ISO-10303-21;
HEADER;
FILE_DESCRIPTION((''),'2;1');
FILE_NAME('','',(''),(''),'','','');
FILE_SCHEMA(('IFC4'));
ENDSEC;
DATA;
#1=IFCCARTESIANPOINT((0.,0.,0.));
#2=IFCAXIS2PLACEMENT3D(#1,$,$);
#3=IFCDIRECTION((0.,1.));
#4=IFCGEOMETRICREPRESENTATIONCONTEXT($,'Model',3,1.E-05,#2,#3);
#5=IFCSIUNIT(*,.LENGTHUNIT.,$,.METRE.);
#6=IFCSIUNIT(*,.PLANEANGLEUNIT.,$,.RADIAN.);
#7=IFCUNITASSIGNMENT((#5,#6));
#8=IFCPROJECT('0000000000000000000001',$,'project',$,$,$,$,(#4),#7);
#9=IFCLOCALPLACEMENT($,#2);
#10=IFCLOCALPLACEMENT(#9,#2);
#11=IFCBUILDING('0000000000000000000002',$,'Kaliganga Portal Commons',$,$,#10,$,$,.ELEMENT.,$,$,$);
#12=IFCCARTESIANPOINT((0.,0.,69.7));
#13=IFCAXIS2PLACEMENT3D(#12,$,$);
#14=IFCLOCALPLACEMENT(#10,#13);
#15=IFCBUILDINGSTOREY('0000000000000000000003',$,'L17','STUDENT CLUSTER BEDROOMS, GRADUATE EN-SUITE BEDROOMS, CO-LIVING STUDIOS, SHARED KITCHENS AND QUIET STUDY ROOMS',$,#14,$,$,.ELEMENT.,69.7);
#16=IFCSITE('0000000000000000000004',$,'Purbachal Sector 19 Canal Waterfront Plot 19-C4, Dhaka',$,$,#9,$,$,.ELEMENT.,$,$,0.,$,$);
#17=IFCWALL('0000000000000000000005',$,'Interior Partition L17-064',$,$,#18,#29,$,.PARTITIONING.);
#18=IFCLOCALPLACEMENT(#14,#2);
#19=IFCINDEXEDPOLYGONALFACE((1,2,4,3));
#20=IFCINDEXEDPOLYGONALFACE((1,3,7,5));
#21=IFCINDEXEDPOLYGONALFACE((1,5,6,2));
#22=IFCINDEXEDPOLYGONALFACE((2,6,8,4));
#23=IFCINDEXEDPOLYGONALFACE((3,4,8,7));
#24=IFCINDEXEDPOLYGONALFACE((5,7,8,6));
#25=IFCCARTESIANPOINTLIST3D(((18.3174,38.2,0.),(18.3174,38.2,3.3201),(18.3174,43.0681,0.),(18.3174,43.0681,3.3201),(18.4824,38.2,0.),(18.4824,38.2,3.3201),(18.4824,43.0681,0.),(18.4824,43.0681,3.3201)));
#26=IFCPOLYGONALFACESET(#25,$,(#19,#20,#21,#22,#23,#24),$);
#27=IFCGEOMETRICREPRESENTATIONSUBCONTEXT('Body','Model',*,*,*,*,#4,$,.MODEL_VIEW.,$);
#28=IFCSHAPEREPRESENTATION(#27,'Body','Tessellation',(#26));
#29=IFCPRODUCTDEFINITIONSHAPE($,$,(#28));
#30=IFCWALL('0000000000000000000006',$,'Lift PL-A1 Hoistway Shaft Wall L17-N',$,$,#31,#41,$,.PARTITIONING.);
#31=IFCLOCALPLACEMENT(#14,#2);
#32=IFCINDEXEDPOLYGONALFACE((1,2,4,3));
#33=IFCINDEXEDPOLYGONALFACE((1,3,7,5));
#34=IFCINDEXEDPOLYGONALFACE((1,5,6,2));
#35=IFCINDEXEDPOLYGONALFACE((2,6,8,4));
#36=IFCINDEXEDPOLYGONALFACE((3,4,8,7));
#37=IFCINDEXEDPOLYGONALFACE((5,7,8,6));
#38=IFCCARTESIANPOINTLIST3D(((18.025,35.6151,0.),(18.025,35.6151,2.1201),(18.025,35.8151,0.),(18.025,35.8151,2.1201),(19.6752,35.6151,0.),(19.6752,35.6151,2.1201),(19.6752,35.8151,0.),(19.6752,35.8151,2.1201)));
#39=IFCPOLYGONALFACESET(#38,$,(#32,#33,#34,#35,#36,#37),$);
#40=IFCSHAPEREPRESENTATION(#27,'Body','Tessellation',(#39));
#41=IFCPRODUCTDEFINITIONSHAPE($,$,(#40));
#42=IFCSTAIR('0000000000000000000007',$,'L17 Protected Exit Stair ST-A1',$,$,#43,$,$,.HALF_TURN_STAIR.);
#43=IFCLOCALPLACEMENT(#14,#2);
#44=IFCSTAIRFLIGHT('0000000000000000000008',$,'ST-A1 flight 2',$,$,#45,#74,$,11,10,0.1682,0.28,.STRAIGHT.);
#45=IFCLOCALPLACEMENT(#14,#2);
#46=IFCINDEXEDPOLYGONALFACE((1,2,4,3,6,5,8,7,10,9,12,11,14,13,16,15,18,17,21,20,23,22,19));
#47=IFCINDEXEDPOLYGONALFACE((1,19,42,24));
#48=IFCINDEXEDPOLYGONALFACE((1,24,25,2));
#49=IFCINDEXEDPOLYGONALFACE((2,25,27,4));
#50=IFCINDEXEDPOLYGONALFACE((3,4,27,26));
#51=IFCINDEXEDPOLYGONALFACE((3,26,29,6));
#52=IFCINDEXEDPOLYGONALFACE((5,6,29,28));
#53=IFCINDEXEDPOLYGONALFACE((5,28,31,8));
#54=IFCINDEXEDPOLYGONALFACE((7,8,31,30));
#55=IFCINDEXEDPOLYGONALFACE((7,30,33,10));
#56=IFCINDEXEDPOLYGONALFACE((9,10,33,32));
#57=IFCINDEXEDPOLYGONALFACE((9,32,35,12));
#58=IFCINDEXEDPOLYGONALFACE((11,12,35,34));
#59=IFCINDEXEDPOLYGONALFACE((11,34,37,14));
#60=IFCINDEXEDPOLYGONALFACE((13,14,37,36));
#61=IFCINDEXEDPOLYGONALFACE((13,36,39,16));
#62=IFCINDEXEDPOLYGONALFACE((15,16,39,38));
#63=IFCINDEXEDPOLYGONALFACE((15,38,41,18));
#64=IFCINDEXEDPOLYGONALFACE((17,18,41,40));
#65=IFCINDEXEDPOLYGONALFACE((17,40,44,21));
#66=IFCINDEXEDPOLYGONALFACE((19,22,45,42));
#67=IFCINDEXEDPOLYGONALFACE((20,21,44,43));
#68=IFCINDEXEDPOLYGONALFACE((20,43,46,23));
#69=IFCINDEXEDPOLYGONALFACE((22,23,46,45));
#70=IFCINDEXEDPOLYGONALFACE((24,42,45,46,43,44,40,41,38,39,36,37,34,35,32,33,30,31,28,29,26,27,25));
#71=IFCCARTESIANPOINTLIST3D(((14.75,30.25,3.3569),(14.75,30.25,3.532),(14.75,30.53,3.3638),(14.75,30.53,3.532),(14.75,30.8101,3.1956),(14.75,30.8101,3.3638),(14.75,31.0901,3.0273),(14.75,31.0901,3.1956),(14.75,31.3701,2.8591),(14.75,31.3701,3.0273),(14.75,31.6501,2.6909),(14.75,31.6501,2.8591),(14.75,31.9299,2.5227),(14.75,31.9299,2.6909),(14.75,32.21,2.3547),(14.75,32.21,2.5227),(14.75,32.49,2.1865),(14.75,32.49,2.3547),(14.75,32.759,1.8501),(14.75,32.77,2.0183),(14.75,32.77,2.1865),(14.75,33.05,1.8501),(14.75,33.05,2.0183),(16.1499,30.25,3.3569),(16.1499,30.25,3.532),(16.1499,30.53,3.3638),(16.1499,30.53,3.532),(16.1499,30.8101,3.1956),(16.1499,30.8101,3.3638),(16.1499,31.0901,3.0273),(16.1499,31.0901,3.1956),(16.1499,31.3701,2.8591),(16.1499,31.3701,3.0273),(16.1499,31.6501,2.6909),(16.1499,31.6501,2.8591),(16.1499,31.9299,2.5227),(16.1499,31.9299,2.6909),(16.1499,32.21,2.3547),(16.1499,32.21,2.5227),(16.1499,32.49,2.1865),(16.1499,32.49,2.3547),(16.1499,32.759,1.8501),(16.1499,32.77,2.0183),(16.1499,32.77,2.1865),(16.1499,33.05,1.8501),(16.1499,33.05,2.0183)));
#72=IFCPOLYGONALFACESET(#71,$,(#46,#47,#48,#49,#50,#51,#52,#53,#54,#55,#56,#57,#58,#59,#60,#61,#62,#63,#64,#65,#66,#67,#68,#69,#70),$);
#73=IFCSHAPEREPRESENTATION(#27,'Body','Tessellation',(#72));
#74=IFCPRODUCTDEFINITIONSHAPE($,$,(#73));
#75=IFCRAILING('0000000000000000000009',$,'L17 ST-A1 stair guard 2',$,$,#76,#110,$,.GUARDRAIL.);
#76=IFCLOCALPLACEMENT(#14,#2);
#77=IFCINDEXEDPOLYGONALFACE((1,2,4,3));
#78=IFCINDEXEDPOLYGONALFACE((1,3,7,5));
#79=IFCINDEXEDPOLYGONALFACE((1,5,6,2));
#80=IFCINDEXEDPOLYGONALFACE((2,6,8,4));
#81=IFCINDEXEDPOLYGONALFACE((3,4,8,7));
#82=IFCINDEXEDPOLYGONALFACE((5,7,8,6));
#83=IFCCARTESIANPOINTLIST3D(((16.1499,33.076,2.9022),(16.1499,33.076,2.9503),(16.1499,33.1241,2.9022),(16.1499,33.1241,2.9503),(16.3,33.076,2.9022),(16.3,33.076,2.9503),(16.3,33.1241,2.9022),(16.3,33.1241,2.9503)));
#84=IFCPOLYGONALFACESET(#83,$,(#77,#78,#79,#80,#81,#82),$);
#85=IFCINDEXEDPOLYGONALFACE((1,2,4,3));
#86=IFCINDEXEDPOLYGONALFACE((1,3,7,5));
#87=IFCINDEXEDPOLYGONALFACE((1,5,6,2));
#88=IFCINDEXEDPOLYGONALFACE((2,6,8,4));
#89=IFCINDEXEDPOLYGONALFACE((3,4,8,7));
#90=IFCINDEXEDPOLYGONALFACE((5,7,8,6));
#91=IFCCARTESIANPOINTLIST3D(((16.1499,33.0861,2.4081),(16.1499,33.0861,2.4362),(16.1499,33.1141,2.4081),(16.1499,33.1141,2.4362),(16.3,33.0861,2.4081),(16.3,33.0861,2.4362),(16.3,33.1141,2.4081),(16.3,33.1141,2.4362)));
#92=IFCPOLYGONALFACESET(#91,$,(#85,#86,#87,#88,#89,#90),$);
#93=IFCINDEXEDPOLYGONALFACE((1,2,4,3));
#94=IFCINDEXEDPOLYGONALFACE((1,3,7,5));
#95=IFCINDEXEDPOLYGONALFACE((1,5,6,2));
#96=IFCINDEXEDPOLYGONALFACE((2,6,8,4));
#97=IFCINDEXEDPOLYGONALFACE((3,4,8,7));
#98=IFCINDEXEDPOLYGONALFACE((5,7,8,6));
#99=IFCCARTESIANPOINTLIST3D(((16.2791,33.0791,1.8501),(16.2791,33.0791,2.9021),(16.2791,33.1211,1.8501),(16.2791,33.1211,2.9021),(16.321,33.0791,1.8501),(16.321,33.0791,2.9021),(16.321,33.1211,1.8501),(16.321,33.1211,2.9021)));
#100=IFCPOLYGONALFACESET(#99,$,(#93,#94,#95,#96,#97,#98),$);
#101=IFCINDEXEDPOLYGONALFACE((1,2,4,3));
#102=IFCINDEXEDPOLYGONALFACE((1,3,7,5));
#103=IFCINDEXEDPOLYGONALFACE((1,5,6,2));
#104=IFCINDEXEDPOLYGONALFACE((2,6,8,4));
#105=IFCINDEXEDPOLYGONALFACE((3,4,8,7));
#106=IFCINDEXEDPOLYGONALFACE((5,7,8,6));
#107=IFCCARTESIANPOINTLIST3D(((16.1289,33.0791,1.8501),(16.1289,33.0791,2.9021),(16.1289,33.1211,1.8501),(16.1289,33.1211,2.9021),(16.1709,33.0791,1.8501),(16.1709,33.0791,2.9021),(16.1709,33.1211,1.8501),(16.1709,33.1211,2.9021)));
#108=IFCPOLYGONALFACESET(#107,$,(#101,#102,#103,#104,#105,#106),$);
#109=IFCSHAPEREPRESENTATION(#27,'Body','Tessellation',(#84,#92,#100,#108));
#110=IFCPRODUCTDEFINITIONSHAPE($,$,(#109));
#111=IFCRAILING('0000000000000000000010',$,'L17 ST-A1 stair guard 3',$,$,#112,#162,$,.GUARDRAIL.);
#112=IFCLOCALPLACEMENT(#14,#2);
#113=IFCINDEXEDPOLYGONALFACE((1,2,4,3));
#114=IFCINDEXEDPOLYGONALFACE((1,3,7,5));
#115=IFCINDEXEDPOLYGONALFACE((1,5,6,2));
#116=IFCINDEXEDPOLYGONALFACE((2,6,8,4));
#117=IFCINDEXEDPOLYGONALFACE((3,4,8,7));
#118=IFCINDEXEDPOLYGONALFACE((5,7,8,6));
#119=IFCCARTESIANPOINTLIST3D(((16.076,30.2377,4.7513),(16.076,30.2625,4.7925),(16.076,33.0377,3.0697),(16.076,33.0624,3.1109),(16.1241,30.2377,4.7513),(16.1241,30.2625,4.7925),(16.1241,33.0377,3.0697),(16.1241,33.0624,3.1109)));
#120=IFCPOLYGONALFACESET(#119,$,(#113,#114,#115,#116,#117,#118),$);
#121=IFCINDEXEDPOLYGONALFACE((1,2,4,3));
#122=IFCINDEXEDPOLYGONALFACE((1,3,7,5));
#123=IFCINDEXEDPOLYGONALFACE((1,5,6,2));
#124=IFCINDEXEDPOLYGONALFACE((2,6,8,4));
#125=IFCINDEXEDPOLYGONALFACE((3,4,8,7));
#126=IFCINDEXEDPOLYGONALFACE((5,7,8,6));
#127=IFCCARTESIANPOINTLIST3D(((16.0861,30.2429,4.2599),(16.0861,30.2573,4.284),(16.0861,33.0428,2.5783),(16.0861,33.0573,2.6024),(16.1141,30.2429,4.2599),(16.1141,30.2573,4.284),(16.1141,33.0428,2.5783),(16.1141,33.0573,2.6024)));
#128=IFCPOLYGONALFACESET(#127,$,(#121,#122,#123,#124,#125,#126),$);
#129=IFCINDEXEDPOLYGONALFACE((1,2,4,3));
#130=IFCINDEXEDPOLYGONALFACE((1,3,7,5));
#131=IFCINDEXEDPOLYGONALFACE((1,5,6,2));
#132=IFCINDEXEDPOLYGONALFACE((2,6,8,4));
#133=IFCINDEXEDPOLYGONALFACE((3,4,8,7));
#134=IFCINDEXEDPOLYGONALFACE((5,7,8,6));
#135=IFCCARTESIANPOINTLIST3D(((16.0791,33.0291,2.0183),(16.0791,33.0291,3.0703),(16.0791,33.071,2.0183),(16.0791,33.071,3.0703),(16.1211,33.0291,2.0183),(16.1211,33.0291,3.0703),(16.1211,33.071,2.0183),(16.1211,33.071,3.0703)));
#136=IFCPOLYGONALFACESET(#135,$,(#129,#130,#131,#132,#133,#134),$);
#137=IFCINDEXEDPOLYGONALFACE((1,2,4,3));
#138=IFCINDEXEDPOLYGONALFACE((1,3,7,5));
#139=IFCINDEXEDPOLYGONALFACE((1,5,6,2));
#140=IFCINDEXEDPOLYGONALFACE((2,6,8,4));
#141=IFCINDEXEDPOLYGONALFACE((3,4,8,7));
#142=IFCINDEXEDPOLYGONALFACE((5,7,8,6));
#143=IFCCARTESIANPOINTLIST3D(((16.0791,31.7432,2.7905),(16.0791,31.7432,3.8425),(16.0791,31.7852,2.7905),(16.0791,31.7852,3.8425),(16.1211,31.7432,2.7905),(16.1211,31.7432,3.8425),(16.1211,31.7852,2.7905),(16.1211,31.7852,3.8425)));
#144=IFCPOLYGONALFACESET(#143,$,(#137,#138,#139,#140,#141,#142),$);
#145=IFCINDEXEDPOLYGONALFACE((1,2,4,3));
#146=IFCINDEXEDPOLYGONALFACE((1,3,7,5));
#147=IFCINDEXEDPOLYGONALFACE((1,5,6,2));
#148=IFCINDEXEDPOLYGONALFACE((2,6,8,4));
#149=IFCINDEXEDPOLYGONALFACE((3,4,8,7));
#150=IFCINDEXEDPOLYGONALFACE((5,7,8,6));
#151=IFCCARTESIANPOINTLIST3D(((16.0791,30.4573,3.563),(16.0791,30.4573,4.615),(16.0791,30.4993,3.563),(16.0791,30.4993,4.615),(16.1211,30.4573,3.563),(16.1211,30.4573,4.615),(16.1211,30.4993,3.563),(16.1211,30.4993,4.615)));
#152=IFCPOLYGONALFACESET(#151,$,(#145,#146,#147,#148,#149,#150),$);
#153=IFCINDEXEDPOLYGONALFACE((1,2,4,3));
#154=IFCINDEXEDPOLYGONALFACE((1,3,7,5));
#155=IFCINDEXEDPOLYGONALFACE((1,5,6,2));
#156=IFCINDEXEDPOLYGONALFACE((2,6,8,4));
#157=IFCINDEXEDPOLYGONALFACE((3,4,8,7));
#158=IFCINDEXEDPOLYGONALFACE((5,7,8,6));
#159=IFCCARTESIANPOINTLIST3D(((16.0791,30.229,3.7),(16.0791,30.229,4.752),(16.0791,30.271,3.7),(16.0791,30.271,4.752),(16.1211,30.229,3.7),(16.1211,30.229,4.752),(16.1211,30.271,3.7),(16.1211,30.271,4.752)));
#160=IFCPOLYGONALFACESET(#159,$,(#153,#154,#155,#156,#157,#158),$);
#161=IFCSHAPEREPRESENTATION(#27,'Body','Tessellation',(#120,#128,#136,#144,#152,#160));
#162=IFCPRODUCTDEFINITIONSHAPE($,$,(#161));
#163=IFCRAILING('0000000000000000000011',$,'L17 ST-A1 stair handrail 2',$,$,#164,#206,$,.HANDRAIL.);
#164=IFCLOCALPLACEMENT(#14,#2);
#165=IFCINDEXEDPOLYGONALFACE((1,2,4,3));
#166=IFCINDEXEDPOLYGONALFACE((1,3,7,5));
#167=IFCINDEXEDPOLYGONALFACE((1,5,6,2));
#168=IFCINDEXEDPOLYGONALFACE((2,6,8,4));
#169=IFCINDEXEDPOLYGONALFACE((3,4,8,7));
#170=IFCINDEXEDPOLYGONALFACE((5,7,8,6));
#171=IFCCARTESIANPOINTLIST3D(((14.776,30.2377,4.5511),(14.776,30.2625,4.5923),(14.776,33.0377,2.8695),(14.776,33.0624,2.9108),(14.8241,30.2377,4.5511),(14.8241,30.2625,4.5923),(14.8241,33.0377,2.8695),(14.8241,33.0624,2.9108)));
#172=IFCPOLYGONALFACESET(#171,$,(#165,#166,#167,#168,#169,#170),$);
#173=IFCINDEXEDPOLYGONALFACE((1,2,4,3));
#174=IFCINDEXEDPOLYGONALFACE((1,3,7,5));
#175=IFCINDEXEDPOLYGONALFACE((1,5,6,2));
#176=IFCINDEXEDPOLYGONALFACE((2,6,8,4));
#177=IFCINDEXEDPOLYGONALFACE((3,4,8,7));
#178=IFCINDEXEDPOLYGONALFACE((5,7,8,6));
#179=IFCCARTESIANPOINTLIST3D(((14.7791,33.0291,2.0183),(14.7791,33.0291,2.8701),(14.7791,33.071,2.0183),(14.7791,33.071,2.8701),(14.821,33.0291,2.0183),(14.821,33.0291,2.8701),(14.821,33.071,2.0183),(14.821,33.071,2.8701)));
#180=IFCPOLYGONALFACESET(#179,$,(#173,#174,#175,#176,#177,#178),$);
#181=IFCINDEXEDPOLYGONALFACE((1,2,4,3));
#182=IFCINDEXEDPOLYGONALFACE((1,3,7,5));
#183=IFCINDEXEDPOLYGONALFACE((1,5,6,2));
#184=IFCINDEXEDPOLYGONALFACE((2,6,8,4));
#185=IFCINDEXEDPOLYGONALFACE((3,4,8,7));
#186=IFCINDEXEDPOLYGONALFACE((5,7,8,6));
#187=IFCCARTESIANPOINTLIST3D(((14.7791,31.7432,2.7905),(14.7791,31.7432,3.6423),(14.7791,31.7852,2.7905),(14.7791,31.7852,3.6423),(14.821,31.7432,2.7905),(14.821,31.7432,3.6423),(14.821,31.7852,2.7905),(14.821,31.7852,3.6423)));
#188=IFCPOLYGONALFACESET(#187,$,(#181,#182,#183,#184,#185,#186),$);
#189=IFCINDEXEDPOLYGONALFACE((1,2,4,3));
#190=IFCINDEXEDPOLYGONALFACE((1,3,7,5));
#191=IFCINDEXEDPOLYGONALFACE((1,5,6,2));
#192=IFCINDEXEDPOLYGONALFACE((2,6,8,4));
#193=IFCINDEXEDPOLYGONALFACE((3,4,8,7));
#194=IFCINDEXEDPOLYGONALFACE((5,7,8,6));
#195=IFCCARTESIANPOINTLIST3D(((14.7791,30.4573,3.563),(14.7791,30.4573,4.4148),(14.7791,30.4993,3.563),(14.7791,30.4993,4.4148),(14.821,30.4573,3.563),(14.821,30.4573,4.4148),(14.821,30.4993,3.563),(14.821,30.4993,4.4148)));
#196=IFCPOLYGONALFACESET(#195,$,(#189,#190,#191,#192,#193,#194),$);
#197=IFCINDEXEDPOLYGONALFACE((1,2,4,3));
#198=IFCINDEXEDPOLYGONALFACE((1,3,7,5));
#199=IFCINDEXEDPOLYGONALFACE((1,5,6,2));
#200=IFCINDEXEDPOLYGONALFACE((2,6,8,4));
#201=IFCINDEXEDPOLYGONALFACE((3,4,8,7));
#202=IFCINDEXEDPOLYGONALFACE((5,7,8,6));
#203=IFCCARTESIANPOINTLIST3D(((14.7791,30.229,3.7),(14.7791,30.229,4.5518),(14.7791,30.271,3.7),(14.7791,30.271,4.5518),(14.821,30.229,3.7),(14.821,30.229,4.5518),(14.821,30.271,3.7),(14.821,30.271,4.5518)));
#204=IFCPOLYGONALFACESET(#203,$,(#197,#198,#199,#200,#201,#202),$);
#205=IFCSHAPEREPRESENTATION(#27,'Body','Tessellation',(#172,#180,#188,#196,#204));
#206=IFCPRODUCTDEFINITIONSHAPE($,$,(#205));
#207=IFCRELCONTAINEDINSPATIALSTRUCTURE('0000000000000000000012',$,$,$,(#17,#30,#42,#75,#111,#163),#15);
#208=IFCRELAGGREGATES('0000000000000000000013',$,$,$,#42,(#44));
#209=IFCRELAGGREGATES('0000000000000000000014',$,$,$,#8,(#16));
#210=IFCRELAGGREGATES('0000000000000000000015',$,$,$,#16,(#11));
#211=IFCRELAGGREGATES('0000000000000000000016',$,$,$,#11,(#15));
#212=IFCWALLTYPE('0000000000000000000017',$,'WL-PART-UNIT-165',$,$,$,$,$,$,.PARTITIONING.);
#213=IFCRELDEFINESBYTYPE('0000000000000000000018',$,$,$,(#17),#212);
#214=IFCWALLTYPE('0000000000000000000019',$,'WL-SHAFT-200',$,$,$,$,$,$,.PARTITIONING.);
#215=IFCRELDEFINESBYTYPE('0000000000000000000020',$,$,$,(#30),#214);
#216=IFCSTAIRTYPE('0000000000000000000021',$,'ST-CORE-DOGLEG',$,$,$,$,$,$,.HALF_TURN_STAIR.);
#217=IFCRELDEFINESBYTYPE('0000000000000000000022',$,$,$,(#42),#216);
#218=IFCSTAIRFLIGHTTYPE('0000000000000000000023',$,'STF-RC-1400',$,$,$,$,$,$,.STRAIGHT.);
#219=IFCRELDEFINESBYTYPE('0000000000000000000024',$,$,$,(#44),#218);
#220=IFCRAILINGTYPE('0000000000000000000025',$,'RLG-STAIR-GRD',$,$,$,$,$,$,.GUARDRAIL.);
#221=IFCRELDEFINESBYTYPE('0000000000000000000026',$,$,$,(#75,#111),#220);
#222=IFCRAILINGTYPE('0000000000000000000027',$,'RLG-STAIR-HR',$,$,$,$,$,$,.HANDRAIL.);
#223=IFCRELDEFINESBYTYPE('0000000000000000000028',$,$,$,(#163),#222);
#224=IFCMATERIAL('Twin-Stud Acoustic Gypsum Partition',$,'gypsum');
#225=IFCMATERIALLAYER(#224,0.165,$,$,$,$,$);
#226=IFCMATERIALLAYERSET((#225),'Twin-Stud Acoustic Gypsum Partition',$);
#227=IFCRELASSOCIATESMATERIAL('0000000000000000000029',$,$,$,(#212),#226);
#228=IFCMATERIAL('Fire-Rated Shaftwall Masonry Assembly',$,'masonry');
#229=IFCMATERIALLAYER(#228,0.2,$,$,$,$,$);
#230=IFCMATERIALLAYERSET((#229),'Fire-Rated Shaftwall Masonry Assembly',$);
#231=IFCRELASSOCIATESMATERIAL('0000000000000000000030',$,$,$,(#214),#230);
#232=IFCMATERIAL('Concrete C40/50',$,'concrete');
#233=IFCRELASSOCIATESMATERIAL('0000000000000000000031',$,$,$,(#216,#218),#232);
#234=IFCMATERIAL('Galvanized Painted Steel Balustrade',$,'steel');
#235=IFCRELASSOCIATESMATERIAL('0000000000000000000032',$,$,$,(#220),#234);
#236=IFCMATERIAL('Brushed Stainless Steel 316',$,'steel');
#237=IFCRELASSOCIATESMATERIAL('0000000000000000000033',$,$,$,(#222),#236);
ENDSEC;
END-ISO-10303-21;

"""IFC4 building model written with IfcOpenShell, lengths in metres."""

from ifc_helpers import new_model, si_unit, direction, frame, frame_2d, origin, origin_2d, place, context, subcontext, project, spatial, polyline, rectangle, outline, extrude, material, layer, layer_set, type_object, element, aggregate, save


model = new_model("IFC4")

# Units and contexts
model_context = context("Model", 3, precision=1e-05, world=origin(), true_north=direction((0.0, 1.0)))
body_context = subcontext(model_context, "Body", "Model", "MODEL_VIEW")
ifc_project = project(units=[si_unit("LENGTHUNIT", "METRE"), si_unit("PLANEANGLEUNIT", "RADIAN")], contexts=[model_context])

# Site, building, storey
site_placement = place(None, origin())
site = spatial("IfcSite", under=ifc_project, at=site_placement, Name="Purbachal Sector 19 Canal Waterfront Plot 19-C4, Dhaka", CompositionType="ELEMENT", RefElevation=0.0)
building_placement = place(site_placement, origin())
building = spatial("IfcBuilding", under=site, at=building_placement, Name="Kaliganga Portal Commons", CompositionType="ELEMENT")
storey_placement = place(building_placement, frame((0.0, 0.0, 69.7)))
storey = spatial("IfcBuildingStorey", under=building, at=storey_placement, Name="L17", Description="STUDENT CLUSTER BEDROOMS, GRADUATE EN-SUITE BEDROOMS, CO-LIVING STUDIOS, SHARED KITCHENS AND QUIET STUDY ROOMS", CompositionType="ELEMENT", Elevation=69.7)

# Wall
ifc_material_1 = material(Name="Twin-Stud Acoustic Gypsum Partition", Category="gypsum")
ifc_layer_1 = layer(ifc_material_1, 0.165)
ifc_layer_set_1 = layer_set([ifc_layer_1], Name="Twin-Stud Acoustic Gypsum Partition")
wall_type_1 = type_object("IfcWallType", Name="WL-PART-UNIT-165", PredefinedType="PARTITIONING", material=ifc_layer_set_1)
wall_1_placement = place(storey_placement, frame((18.3999, 38.2, 0.0), z_axis=(0.0, 0.0, 1.0), x_axis=(0.0, 1.0, 0.0)))
element("IfcWall", 1, at=wall_1_placement, inside=storey, type_object=wall_type_1, Name="Interior Partition L17-064", PredefinedType="PARTITIONING", context=body_context, shape_type="SweptSolid", body=[
    extrude(rectangle(XDim=4.8682, YDim=0.165, at=frame_2d((2.4341, 0.0))), origin(), (0.0, 0.0, 1.0), 3.3201),
])

# Shared definitions
ifc_material_2 = material(Name="Fire-Rated Shaftwall Masonry Assembly", Category="masonry")
ifc_layer_2 = layer(ifc_material_2, 0.2)
ifc_layer_set_2 = layer_set([ifc_layer_2], Name="Fire-Rated Shaftwall Masonry Assembly")
wall_type_2 = type_object("IfcWallType", Name="WL-SHAFT-200", PredefinedType="PARTITIONING", material=ifc_layer_set_2)

# Wall
wall_2_placement = place(storey_placement, frame((18.0249, 35.7151, 0.0), z_axis=(0.0, 0.0, 1.0), x_axis=(1.0, 0.0, 0.0)))
element("IfcWall", 2, at=wall_2_placement, inside=storey, type_object=wall_type_2, Name="Lift PL-A1 Hoistway Shaft Wall L17-N", PredefinedType="PARTITIONING", context=body_context, shape_type="SweptSolid", body=[
    extrude(rectangle(XDim=1.6501, YDim=0.2, at=frame_2d((0.8252, 0.0))), origin(), (0.0, 0.0, 1.0), 2.1201),
])

# Stair, stair flight
ifc_material_3 = material(Name="Concrete C40/50", Category="concrete")
stair_type = type_object("IfcStairType", Name="ST-CORE-DOGLEG", PredefinedType="HALF_TURN_STAIR", material=ifc_material_3)
stair_placement = place(storey_placement, origin())
stair = element("IfcStair", 3, at=stair_placement, inside=storey, type_object=stair_type, Name="L17 Protected Exit Stair ST-A1", PredefinedType="HALF_TURN_STAIR")
stair_flight_type = type_object("IfcStairFlightType", Name="STF-RC-1400", PredefinedType="STRAIGHT", material=ifc_material_3)
stair_flight_placement = place(storey_placement, frame((15.45, 33.05, 1.8501), z_axis=(0.0, 0.0, 1.0), x_axis=(0.0, -1.0, 0.0)))
stair_flight = element("IfcStairFlight", 4, at=stair_flight_placement, type_object=stair_flight_type, Name="ST-A1 flight 2", NumberOfRisers=11, NumberOfTreads=10, PredefinedType="STRAIGHT", RiserHeight=0.1682, TreadLength=0.28, context=body_context, shape_type="SweptSolid", body=[
    extrude(outline(polyline([(0.0, 0.0), (0.0, 0.1682), (0.28, 0.1682), (0.28, 0.3364), (0.5601, 0.3364), (0.5601, 0.5046), (0.8401, 0.5046), (0.8401, 0.6726), (1.1201, 0.6726), (1.1201, 0.8408), (1.3999, 0.8408), (1.3999, 1.009), (1.6799, 1.009), (1.6799, 1.1772), (1.96, 1.1772), (1.96, 1.3455), (2.24, 1.3455), (2.24, 1.5137), (2.52, 1.5137), (2.52, 1.6819), (2.8, 1.6819), (2.8, 1.8501), (2.8, 1.5068), (0.291, 0.0), (0.0, 0.0)])), frame((0.0, 0.7, 0.0), z_axis=(0.0, -1.0, 0.0), x_axis=(1.0, 0.0, 0.0)), (0.0, 0.0, 1.0), 1.3999),
])
aggregate(stair, [stair_flight])

# Railings
ifc_material_4 = material(Name="Galvanized Painted Steel Balustrade", Category="steel")
railing_type_1 = type_object("IfcRailingType", Name="RLG-STAIR-GRD", PredefinedType="GUARDRAIL", material=ifc_material_4)
railing_1_placement = place(storey_placement, frame((16.3, 33.1001, 1.8501)))
element("IfcRailing", 5, at=railing_1_placement, inside=storey, type_object=railing_type_1, Name="L17 ST-A1 stair guard 2", PredefinedType="GUARDRAIL", context=body_context, shape_type="SweptSolid", body=[
    extrude(rectangle(XDim=0.0481, YDim=0.0481, at=origin_2d()), frame((0.0, 0.0, 1.0762), z_axis=(-1.0, 0.0, 0.0), x_axis=(0.0, -1.0, 0.0)), (0.0, 0.0, 1.0), 0.1501),
    extrude(rectangle(XDim=0.0281, YDim=0.0281, at=origin_2d()), frame((0.0, 0.0, 0.572), z_axis=(-1.0, 0.0, 0.0), x_axis=(0.0, -1.0, 0.0)), (0.0, 0.0, 1.0), 0.1501),
    extrude(rectangle(XDim=0.042, YDim=0.042, at=origin_2d()), origin(), (0.0, 0.0, 1.0), 1.052),
    extrude(rectangle(XDim=0.042, YDim=0.042, at=origin_2d()), frame((-0.1501, 0.0, 0.0)), (0.0, 0.0, 1.0), 1.052),
])
railing_2_placement = place(storey_placement, frame((16.1001, 33.05, 2.0183)))
element("IfcRailing", 6, at=railing_2_placement, inside=storey, type_object=railing_type_1, Name="L17 ST-A1 stair guard 3", PredefinedType="GUARDRAIL", context=body_context, shape_type="SweptSolid", body=[
    extrude(rectangle(XDim=0.0481, YDim=0.0481, at=origin_2d()), frame((0.0, 0.0, 1.072), z_axis=(0.0, -0.857275, 0.514858), x_axis=(1.0, 0.0, 0.0)), (0.0, 0.0, 1.0), 3.2661),
    extrude(rectangle(XDim=0.0281, YDim=0.0281, at=origin_2d()), frame((0.0, 0.0, 0.572), z_axis=(0.0, -0.857275, 0.514858), x_axis=(1.0, 0.0, 0.0)), (0.0, 0.0, 1.0), 3.2661),
    extrude(rectangle(XDim=0.042, YDim=0.042, at=origin_2d()), origin(), (0.0, 0.0, 1.0), 1.052),
    extrude(rectangle(XDim=0.042, YDim=0.042, at=origin_2d()), frame((0.0, -1.2859, 0.7722)), (0.0, 0.0, 1.0), 1.052),
    extrude(rectangle(XDim=0.042, YDim=0.042, at=origin_2d()), frame((0.0, -2.5718, 1.5447)), (0.0, 0.0, 1.0), 1.052),
    extrude(rectangle(XDim=0.042, YDim=0.042, at=origin_2d()), frame((0.0, -2.8, 1.6816)), (0.0, 0.0, 1.0), 1.052),
])
ifc_material_5 = material(Name="Brushed Stainless Steel 316", Category="steel")
railing_type_2 = type_object("IfcRailingType", Name="RLG-STAIR-HR", PredefinedType="HANDRAIL", material=ifc_material_5)
railing_3_placement = place(storey_placement, frame((14.8, 33.05, 2.0183)))
element("IfcRailing", 7, at=railing_3_placement, inside=storey, type_object=railing_type_2, Name="L17 ST-A1 stair handrail 2", PredefinedType="HANDRAIL", context=body_context, shape_type="SweptSolid", body=[
    extrude(rectangle(XDim=0.0481, YDim=0.0481, at=origin_2d()), frame((0.0, 0.0, 0.8718), z_axis=(0.0, -0.857275, 0.514858), x_axis=(1.0, 0.0, 0.0)), (0.0, 0.0, 1.0), 3.2661),
    extrude(rectangle(XDim=0.042, YDim=0.042, at=origin_2d()), origin(), (0.0, 0.0, 1.0), 0.8518),
    extrude(rectangle(XDim=0.042, YDim=0.042, at=origin_2d()), frame((0.0, -1.2859, 0.7722)), (0.0, 0.0, 1.0), 0.8518),
    extrude(rectangle(XDim=0.042, YDim=0.042, at=origin_2d()), frame((0.0, -2.5718, 1.5447)), (0.0, 0.0, 1.0), 0.8518),
    extrude(rectangle(XDim=0.042, YDim=0.042, at=origin_2d()), frame((0.0, -2.8, 1.6816)), (0.0, 0.0, 1.0), 0.8518),
])

save(model, "model.ifc")
